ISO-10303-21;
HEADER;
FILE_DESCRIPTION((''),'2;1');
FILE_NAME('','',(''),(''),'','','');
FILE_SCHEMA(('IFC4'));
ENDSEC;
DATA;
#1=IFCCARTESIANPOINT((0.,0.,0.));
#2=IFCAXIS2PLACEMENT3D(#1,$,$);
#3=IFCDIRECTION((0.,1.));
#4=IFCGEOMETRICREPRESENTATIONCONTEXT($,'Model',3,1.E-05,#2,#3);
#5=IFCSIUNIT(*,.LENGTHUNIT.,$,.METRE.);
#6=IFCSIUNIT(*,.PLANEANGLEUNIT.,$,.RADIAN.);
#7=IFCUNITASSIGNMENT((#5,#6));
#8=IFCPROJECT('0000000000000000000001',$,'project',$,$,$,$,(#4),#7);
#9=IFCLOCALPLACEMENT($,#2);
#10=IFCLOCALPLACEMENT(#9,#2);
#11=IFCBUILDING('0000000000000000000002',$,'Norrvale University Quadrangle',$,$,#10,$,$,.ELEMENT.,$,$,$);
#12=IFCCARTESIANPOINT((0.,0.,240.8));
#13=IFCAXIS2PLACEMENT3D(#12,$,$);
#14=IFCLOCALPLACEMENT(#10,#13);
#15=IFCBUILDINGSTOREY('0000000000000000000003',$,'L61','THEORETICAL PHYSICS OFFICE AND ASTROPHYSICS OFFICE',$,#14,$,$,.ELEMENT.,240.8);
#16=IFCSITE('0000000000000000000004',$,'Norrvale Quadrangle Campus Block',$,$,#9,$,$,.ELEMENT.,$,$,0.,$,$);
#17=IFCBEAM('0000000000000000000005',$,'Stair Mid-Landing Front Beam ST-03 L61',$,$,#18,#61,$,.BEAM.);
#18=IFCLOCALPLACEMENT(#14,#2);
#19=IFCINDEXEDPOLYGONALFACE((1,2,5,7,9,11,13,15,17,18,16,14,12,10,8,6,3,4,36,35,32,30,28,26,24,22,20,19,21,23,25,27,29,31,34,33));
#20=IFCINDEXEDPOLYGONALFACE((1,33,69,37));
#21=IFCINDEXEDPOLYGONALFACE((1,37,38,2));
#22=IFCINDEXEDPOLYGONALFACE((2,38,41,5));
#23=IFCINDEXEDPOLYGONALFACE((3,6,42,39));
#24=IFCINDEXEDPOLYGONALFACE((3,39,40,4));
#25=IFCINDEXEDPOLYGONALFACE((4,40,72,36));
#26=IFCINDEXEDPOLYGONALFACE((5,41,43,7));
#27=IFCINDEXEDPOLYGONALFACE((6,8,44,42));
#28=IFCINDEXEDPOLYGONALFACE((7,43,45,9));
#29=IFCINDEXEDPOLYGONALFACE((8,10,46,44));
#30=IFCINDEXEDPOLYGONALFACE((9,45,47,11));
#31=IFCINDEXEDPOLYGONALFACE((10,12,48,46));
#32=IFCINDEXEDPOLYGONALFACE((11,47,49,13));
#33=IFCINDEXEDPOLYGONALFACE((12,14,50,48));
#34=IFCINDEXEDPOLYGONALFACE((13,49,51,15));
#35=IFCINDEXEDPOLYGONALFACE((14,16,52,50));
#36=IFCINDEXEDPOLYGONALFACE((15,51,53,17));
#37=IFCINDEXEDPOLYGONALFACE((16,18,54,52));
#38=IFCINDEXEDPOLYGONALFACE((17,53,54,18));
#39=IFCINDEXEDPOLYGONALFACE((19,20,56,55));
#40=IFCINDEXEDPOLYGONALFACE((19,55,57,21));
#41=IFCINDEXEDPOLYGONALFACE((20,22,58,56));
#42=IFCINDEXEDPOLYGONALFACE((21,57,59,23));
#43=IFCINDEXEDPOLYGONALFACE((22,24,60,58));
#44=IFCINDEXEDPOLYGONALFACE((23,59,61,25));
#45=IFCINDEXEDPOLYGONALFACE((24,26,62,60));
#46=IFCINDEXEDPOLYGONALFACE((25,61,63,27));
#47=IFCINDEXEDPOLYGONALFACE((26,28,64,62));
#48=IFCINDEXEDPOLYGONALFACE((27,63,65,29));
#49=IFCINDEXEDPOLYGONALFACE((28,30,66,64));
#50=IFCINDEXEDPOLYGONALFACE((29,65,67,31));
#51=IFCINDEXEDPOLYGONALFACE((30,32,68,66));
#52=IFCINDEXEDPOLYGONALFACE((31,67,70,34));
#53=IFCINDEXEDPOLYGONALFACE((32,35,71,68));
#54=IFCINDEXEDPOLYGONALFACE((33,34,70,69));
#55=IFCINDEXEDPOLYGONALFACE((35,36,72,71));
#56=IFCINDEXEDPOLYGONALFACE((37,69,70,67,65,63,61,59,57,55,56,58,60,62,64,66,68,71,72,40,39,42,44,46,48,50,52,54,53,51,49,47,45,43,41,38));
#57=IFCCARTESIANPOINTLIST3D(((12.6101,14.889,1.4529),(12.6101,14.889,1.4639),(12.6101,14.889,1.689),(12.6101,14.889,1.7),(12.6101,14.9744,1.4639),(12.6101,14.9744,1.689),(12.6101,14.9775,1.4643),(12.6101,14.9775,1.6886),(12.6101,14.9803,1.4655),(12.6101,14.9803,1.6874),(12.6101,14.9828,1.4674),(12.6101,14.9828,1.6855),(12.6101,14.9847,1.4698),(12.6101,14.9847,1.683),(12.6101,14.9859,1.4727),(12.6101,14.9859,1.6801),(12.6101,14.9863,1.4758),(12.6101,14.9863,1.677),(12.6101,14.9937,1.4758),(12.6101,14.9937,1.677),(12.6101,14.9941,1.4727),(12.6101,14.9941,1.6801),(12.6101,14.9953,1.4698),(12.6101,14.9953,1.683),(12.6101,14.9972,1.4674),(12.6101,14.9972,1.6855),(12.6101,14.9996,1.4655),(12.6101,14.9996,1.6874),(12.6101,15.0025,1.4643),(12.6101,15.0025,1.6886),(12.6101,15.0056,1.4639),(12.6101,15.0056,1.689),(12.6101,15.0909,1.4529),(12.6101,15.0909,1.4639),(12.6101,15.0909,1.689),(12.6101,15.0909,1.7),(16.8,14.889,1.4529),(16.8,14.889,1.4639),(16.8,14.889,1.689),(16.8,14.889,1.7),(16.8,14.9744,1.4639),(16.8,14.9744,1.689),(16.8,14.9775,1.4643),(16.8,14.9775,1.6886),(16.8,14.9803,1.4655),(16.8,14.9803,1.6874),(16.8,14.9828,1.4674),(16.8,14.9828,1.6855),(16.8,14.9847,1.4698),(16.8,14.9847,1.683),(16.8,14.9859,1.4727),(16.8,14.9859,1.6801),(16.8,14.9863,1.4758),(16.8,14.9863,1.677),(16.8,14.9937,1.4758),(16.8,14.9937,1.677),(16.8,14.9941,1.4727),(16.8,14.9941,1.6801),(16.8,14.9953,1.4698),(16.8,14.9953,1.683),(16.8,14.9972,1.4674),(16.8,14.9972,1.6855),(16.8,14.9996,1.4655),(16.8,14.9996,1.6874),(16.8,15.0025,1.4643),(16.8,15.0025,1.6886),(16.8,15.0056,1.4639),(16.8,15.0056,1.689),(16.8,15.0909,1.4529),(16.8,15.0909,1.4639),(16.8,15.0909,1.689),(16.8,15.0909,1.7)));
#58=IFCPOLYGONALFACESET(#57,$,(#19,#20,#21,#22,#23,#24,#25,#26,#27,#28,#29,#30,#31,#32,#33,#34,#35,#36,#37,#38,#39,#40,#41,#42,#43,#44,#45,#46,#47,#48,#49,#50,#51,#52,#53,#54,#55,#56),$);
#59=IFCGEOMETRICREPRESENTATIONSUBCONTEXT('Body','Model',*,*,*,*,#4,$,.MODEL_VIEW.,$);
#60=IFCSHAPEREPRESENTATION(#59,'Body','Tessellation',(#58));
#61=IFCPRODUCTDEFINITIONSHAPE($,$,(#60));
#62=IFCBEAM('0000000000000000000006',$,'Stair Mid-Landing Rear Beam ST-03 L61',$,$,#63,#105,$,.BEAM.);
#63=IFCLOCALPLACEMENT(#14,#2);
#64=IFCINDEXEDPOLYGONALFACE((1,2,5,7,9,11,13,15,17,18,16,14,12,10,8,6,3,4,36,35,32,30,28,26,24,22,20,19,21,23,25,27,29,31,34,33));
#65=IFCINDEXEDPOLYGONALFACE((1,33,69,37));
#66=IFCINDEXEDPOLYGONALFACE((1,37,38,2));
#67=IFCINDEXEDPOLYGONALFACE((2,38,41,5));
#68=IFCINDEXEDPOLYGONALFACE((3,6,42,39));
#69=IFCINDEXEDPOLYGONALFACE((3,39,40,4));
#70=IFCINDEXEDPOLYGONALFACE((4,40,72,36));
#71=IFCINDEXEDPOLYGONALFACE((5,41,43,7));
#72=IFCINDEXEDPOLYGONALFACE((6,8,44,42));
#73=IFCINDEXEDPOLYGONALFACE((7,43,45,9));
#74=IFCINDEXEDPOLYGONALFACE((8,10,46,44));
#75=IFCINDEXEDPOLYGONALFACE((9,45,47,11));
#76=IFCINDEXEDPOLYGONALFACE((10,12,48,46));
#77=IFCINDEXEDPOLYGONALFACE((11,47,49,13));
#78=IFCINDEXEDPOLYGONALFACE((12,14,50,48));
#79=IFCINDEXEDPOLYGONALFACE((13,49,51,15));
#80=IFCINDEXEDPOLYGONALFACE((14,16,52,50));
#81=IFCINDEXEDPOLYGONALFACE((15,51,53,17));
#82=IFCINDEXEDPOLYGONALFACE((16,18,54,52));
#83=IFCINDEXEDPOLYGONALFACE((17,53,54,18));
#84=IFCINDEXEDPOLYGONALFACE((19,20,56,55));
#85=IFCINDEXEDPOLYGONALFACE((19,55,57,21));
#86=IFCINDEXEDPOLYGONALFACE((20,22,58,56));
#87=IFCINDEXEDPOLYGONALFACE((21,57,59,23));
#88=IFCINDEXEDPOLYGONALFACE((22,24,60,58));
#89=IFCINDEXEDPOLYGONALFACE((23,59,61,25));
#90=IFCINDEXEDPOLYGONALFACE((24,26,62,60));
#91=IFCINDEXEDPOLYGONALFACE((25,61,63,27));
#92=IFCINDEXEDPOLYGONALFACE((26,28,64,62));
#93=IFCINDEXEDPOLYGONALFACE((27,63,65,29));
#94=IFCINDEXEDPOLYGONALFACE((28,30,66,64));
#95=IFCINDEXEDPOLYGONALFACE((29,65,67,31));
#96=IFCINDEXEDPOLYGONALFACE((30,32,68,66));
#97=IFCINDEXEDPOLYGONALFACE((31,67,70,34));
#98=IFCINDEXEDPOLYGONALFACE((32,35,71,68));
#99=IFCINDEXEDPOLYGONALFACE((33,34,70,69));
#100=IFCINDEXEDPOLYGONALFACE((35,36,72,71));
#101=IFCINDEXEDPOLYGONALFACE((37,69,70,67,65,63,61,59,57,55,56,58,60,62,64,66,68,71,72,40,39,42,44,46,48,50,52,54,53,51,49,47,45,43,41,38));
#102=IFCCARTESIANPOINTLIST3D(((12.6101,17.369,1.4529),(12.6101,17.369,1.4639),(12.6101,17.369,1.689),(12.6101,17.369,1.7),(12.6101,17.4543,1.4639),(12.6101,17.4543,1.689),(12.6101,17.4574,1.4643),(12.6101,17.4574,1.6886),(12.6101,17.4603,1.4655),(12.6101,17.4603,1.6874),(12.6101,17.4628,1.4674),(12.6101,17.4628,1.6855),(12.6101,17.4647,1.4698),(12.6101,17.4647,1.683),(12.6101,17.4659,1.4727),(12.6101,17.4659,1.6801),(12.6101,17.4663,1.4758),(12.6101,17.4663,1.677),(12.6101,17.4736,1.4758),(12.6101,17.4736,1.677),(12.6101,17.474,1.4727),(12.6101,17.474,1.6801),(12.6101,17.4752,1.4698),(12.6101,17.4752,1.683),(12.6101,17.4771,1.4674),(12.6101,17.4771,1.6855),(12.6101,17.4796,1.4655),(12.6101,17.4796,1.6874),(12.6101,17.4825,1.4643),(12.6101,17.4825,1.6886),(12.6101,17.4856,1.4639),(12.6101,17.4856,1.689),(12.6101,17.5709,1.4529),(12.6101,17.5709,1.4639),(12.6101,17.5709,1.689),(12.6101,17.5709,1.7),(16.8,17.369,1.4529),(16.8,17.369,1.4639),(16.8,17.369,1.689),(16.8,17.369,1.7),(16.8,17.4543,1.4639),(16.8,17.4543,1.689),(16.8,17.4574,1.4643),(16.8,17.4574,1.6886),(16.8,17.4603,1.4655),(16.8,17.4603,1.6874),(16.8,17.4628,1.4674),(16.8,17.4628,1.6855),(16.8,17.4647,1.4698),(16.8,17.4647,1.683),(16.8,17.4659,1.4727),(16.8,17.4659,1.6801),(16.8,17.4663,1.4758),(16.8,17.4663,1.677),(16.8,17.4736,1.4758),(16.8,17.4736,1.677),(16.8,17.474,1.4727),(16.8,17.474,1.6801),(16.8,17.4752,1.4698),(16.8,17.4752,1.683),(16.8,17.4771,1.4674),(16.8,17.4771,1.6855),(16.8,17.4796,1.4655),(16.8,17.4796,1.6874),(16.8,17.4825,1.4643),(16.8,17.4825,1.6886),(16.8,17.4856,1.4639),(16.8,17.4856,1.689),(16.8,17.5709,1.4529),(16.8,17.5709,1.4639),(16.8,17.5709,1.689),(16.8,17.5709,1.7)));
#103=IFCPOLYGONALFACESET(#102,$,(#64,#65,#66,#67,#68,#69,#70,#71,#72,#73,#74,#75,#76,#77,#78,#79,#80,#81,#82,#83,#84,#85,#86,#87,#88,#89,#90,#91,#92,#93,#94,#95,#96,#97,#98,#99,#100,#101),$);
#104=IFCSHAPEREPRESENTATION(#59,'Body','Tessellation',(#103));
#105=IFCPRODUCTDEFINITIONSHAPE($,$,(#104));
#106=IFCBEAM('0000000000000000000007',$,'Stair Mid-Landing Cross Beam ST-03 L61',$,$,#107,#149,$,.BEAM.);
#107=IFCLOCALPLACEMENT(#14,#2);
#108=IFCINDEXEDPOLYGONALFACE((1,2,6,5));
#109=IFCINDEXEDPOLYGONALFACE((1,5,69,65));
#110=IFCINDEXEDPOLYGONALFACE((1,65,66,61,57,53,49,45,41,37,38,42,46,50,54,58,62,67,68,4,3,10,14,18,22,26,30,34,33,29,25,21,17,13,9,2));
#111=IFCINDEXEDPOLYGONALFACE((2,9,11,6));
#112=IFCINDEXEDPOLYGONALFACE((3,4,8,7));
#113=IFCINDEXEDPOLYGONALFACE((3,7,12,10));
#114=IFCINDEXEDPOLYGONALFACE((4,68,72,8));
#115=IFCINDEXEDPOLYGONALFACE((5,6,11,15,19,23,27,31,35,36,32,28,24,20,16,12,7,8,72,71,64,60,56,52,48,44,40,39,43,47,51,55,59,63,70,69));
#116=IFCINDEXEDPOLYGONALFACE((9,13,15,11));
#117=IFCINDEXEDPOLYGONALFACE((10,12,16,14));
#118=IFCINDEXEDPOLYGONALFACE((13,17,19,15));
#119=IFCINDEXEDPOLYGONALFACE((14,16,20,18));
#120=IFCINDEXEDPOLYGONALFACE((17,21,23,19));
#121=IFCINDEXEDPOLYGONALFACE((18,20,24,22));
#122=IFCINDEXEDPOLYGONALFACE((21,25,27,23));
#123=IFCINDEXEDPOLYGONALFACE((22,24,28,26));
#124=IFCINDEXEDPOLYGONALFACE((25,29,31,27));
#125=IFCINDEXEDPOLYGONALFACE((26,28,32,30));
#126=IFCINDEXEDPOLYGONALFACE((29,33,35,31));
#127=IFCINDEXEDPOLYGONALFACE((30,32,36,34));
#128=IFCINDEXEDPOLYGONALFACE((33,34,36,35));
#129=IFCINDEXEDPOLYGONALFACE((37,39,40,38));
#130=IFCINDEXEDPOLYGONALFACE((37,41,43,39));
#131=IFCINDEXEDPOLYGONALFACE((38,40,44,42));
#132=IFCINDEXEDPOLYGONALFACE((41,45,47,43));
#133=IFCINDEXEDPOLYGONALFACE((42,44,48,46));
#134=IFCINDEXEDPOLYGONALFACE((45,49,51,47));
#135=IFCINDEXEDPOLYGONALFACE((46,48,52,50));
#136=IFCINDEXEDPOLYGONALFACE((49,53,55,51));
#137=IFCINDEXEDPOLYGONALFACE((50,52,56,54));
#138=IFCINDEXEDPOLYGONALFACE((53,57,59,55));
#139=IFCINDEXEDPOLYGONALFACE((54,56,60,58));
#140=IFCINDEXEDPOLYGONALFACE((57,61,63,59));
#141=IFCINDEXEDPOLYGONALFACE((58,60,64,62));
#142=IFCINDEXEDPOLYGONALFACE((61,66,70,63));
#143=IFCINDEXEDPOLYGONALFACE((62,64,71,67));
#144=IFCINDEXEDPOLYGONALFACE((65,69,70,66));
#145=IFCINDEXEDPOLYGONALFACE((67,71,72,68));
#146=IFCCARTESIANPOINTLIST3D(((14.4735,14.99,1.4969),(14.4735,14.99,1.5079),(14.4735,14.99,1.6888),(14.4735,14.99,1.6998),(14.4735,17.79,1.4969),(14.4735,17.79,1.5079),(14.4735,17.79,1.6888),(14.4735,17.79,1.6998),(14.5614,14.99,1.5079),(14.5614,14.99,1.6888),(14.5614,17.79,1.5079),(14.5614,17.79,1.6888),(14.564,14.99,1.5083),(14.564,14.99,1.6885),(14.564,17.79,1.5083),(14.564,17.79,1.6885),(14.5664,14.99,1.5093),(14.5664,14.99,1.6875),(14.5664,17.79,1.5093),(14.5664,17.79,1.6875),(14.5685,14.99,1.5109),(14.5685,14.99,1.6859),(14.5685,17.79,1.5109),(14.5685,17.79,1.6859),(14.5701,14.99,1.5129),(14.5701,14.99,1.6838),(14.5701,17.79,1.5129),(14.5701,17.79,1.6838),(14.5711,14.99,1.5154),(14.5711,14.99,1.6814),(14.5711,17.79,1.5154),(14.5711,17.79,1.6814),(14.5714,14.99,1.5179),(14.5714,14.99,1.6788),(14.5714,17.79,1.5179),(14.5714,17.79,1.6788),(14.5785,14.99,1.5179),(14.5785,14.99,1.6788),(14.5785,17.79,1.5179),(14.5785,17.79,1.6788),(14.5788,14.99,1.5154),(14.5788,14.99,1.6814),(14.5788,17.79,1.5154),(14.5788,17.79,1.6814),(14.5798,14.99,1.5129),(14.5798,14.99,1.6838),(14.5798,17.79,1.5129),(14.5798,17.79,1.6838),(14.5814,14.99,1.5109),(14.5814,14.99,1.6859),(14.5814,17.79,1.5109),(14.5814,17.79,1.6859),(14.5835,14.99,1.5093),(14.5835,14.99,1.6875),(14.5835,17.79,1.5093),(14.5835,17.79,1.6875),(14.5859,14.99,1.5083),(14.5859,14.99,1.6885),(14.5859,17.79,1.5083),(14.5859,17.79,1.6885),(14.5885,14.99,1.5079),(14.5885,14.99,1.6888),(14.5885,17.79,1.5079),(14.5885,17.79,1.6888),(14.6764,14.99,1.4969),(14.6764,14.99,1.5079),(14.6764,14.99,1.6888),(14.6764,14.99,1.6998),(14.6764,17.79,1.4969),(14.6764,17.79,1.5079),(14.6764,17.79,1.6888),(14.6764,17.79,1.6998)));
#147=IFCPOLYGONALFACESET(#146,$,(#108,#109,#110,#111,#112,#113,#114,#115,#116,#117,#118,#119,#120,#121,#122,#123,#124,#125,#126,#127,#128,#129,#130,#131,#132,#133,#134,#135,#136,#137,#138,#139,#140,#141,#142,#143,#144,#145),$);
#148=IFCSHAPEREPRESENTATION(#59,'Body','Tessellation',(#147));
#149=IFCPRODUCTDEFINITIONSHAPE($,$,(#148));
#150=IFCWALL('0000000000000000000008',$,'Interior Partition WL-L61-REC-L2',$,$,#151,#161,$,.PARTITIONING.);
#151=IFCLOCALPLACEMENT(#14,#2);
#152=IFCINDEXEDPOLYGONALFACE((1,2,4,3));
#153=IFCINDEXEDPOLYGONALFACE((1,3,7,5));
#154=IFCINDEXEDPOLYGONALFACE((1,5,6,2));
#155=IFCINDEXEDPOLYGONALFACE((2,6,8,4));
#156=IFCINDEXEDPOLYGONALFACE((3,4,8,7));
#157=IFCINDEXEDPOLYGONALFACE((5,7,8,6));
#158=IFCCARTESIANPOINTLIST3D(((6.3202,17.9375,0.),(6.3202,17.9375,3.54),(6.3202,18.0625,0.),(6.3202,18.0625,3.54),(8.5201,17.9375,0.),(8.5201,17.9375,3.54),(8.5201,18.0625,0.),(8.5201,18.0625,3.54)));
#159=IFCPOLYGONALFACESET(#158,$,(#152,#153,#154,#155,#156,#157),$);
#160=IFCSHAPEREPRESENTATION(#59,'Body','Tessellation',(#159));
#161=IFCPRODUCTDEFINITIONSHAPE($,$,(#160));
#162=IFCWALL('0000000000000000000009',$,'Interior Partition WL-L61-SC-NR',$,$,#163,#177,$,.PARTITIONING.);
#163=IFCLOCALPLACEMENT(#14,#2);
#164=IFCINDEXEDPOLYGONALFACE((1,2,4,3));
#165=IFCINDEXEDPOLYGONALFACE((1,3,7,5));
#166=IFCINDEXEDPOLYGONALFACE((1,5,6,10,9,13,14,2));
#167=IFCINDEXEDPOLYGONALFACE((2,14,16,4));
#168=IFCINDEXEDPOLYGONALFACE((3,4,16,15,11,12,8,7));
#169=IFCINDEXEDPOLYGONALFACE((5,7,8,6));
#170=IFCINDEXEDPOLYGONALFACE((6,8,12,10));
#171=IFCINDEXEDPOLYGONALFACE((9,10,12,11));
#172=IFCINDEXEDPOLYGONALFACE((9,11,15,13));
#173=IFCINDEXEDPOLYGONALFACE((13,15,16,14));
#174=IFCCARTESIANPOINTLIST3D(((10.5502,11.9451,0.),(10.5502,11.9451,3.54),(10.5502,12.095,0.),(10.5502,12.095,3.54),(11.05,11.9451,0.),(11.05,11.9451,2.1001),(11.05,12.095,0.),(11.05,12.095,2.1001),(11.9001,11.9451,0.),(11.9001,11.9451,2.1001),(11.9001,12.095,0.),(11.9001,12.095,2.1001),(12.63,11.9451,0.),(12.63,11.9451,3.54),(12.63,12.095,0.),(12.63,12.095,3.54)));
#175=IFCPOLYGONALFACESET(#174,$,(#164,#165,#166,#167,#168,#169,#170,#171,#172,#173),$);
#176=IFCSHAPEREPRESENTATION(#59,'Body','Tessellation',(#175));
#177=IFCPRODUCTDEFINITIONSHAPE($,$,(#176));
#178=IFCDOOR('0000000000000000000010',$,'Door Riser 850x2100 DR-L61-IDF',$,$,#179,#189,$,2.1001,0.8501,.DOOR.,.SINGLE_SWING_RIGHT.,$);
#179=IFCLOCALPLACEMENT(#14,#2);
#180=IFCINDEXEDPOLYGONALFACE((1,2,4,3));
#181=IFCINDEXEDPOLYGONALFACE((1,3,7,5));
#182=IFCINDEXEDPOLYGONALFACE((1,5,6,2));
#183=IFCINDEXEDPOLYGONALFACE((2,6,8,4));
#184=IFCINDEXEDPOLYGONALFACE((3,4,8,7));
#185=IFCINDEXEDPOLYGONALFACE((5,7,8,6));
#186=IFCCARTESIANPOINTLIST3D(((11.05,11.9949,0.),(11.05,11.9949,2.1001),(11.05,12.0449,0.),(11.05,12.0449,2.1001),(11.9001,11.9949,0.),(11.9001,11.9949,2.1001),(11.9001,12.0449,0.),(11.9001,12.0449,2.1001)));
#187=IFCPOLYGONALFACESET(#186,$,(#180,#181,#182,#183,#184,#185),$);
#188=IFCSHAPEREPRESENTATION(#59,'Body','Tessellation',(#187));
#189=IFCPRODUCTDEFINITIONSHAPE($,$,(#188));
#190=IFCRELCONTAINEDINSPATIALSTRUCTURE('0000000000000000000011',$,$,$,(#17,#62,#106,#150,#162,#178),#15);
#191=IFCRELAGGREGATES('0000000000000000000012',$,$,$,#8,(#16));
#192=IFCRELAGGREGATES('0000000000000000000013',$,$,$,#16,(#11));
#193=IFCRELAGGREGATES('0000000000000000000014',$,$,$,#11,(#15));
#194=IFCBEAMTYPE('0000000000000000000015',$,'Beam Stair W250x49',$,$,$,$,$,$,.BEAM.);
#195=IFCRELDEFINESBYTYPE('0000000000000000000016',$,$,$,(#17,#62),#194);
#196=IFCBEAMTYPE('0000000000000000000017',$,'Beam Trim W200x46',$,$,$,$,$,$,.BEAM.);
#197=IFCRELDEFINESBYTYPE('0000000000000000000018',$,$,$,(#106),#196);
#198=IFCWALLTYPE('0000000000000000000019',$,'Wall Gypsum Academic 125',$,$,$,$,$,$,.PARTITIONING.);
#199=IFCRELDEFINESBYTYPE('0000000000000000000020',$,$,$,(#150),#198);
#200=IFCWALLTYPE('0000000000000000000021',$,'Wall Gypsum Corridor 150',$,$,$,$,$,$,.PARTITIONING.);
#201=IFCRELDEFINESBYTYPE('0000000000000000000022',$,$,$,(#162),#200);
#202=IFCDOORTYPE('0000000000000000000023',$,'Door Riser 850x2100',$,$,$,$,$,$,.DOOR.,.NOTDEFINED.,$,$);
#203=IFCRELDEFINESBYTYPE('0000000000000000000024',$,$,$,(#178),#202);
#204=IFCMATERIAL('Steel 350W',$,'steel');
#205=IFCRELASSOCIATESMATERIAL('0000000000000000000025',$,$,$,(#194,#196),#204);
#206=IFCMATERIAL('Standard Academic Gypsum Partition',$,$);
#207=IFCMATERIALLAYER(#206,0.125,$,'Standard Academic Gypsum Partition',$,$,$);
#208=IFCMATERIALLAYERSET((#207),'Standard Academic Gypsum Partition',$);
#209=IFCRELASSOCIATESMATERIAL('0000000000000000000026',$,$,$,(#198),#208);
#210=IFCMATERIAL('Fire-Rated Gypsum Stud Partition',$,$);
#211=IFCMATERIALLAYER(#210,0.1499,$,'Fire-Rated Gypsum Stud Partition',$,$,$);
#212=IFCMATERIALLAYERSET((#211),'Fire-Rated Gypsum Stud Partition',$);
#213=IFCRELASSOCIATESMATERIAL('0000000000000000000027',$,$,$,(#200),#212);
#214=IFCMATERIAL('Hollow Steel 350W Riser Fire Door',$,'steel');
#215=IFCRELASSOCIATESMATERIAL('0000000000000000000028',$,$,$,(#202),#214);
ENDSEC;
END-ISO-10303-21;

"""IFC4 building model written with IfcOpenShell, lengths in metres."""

from ifc_helpers import new_model, si_unit, direction, frame, frame_2d, origin, origin_2d, place, context, subcontext, project, spatial, rectangle, i_section, extrude, material, layer, layer_set, material_profile, profile_set, type_object, element, fill, save


model = new_model("IFC4")

# Units and contexts
model_context = context("Model", 3, precision=1e-05, world=origin(), true_north=direction((0.0, 1.0)))
body_context = subcontext(model_context, "Body", "Model", "MODEL_VIEW")
ifc_project = project(units=[si_unit("LENGTHUNIT", "METRE"), si_unit("PLANEANGLEUNIT", "RADIAN")], contexts=[model_context])

# Site, building, storey
site_placement = place(None, origin())
site = spatial("IfcSite", under=ifc_project, at=site_placement, Name="Norrvale Quadrangle Campus Block", CompositionType="ELEMENT", RefElevation=0.0)
building_placement = place(site_placement, origin())
building = spatial("IfcBuilding", under=site, at=building_placement, Name="Norrvale University Quadrangle", CompositionType="ELEMENT")
storey_placement = place(building_placement, frame((0.0, 0.0, 240.8)))
storey = spatial("IfcBuildingStorey", under=building, at=storey_placement, Name="L61", Description="THEORETICAL PHYSICS OFFICE AND ASTROPHYSICS OFFICE", CompositionType="ELEMENT", Elevation=240.8)

# Beams
ifc_material_1 = material(Name="Steel 350W", Category="steel")
ifc_material_profile_1 = material_profile(ifc_material_1, i_section(OverallWidth=0.2019, OverallDepth=0.2471, WebThickness=0.0073, FlangeThickness=0.011, FilletRadius=0.012, at=origin_2d()), Name="Steel 350W")
ifc_profile_set_1 = profile_set([ifc_material_profile_1], Name="Steel 350W")
beam_type_1 = type_object("IfcBeamType", Name="Beam Stair W250x49", PredefinedType="BEAM", material=ifc_profile_set_1)
for number, where, z_axis, x_axis, name in (
    (1, (12.6101, 14.99, 1.5764), (1.0, 0.0, 0.0), (0.0, 1.0, 0.0), "Stair Mid-Landing Front Beam ST-03 L61"),
    (2, (12.6101, 17.47, 1.5764), (1.0, 0.0, 0.0), (0.0, 1.0, 0.0), "Stair Mid-Landing Rear Beam ST-03 L61"),
):
    element("IfcBeam", number, at=place(storey_placement, frame(where, z_axis=z_axis, x_axis=x_axis)), inside=storey, type_object=beam_type_1, Name=name, PredefinedType="BEAM", context=body_context, shape_type="SweptSolid", body=[
        extrude(i_section(OverallWidth=0.2019, OverallDepth=0.2471, WebThickness=0.0073, FlangeThickness=0.011, FilletRadius=0.012, at=origin_2d()), origin(), (0.0, 0.0, 1.0), 4.1899),
    ])
ifc_material_profile_2 = material_profile(ifc_material_1, i_section(OverallWidth=0.2029, OverallDepth=0.2029, WebThickness=0.0071, FlangeThickness=0.011, FilletRadius=0.01, at=origin_2d()), Name="Steel 350W")
ifc_profile_set_2 = profile_set([ifc_material_profile_2], Name="Steel 350W")
beam_type_2 = type_object("IfcBeamType", Name="Beam Trim W200x46", PredefinedType="BEAM", material=ifc_profile_set_2)
beam_placement = place(storey_placement, frame((14.575, 14.99, 1.5984), z_axis=(0.0, 1.0, 0.0), x_axis=(-1.0, 0.0, 0.0)))
element("IfcBeam", 3, at=beam_placement, inside=storey, type_object=beam_type_2, Name="Stair Mid-Landing Cross Beam ST-03 L61", PredefinedType="BEAM", context=body_context, shape_type="SweptSolid", body=[
    extrude(i_section(OverallWidth=0.2029, OverallDepth=0.2029, WebThickness=0.0071, FlangeThickness=0.011, FilletRadius=0.01, at=origin_2d()), origin(), (0.0, 0.0, 1.0), 2.8),
])

# Wall
ifc_material_2 = material(Name="Standard Academic Gypsum Partition")
ifc_layer_1 = layer(ifc_material_2, 0.125, Name="Standard Academic Gypsum Partition")
ifc_layer_set_1 = layer_set([ifc_layer_1], Name="Standard Academic Gypsum Partition")
wall_type_1 = type_object("IfcWallType", Name="Wall Gypsum Academic 125", PredefinedType="PARTITIONING", material=ifc_layer_set_1)
wall_1_placement = place(storey_placement, frame((6.3201, 18.0, 0.0), z_axis=(0.0, 0.0, 1.0), x_axis=(1.0, 0.0, 0.0)))
element("IfcWall", 4, at=wall_1_placement, inside=storey, type_object=wall_type_1, Name="Interior Partition WL-L61-REC-L2", PredefinedType="PARTITIONING", context=body_context, shape_type="SweptSolid", body=[
    extrude(rectangle(XDim=2.2, YDim=0.125, at=frame_2d((1.1001, 0.0))), origin(), (0.0, 0.0, 1.0), 3.54),
])

# Wall, opening, door
ifc_material_3 = material(Name="Fire-Rated Gypsum Stud Partition")
ifc_layer_2 = layer(ifc_material_3, 0.1499, Name="Fire-Rated Gypsum Stud Partition")
ifc_layer_set_2 = layer_set([ifc_layer_2], Name="Fire-Rated Gypsum Stud Partition")
wall_type_2 = type_object("IfcWallType", Name="Wall Gypsum Corridor 150", PredefinedType="PARTITIONING", material=ifc_layer_set_2)
wall_2_placement = place(storey_placement, frame((10.55, 12.02, 0.0), z_axis=(0.0, 0.0, 1.0), x_axis=(1.0, 0.0, 0.0)))
wall_2 = element("IfcWall", 5, at=wall_2_placement, inside=storey, type_object=wall_type_2, Name="Interior Partition WL-L61-SC-NR", PredefinedType="PARTITIONING", context=body_context, shape_type="SweptSolid", body=[
    extrude(rectangle(XDim=2.0798, YDim=0.1499, at=frame_2d((1.04, 0.0))), origin(), (0.0, 0.0, 1.0), 3.54),
])
opening_1_placement = place(wall_2_placement, frame((0.5, 0.0, 0.0)))
opening_1 = element("IfcOpeningElement", 6, at=opening_1_placement, cuts=wall_2, PredefinedType="OPENING", context=body_context, shape_type="SweptSolid", body=[
    extrude(rectangle(XDim=0.8501, YDim=2.1001, at=frame_2d((0.425, 1.05))), frame((0.0, 0.0869, 0.0), z_axis=(0.0, -1.0, 0.0), x_axis=(1.0, 0.0, 0.0)), (0.0, 0.0, 1.0), 0.1738),
])
ifc_material_4 = material(Name="Hollow Steel 350W Riser Fire Door", Category="steel")
door_type_1 = type_object("IfcDoorType", Name="Door Riser 850x2100", OperationType="NOTDEFINED", PredefinedType="DOOR", material=ifc_material_4)
door_1_placement = place(opening_1_placement, origin())
door_1 = element("IfcDoor", 7, at=door_1_placement, inside=storey, type_object=door_type_1, Name="Door Riser 850x2100 DR-L61-IDF", OperationType="SINGLE_SWING_RIGHT", OverallHeight=2.1001, OverallWidth=0.8501, PredefinedType="DOOR", context=body_context, shape_type="SweptSolid", body=[
    extrude(rectangle(XDim=0.8501, YDim=2.1001, at=frame_2d((0.425, 1.05))), frame((0.0, 0.0249, 0.0), z_axis=(0.0, -1.0, 0.0), x_axis=(1.0, 0.0, 0.0)), (0.0, 0.0, 1.0), 0.05),
])
fill(opening_1, door_1)

save(model, "model.ifc")
